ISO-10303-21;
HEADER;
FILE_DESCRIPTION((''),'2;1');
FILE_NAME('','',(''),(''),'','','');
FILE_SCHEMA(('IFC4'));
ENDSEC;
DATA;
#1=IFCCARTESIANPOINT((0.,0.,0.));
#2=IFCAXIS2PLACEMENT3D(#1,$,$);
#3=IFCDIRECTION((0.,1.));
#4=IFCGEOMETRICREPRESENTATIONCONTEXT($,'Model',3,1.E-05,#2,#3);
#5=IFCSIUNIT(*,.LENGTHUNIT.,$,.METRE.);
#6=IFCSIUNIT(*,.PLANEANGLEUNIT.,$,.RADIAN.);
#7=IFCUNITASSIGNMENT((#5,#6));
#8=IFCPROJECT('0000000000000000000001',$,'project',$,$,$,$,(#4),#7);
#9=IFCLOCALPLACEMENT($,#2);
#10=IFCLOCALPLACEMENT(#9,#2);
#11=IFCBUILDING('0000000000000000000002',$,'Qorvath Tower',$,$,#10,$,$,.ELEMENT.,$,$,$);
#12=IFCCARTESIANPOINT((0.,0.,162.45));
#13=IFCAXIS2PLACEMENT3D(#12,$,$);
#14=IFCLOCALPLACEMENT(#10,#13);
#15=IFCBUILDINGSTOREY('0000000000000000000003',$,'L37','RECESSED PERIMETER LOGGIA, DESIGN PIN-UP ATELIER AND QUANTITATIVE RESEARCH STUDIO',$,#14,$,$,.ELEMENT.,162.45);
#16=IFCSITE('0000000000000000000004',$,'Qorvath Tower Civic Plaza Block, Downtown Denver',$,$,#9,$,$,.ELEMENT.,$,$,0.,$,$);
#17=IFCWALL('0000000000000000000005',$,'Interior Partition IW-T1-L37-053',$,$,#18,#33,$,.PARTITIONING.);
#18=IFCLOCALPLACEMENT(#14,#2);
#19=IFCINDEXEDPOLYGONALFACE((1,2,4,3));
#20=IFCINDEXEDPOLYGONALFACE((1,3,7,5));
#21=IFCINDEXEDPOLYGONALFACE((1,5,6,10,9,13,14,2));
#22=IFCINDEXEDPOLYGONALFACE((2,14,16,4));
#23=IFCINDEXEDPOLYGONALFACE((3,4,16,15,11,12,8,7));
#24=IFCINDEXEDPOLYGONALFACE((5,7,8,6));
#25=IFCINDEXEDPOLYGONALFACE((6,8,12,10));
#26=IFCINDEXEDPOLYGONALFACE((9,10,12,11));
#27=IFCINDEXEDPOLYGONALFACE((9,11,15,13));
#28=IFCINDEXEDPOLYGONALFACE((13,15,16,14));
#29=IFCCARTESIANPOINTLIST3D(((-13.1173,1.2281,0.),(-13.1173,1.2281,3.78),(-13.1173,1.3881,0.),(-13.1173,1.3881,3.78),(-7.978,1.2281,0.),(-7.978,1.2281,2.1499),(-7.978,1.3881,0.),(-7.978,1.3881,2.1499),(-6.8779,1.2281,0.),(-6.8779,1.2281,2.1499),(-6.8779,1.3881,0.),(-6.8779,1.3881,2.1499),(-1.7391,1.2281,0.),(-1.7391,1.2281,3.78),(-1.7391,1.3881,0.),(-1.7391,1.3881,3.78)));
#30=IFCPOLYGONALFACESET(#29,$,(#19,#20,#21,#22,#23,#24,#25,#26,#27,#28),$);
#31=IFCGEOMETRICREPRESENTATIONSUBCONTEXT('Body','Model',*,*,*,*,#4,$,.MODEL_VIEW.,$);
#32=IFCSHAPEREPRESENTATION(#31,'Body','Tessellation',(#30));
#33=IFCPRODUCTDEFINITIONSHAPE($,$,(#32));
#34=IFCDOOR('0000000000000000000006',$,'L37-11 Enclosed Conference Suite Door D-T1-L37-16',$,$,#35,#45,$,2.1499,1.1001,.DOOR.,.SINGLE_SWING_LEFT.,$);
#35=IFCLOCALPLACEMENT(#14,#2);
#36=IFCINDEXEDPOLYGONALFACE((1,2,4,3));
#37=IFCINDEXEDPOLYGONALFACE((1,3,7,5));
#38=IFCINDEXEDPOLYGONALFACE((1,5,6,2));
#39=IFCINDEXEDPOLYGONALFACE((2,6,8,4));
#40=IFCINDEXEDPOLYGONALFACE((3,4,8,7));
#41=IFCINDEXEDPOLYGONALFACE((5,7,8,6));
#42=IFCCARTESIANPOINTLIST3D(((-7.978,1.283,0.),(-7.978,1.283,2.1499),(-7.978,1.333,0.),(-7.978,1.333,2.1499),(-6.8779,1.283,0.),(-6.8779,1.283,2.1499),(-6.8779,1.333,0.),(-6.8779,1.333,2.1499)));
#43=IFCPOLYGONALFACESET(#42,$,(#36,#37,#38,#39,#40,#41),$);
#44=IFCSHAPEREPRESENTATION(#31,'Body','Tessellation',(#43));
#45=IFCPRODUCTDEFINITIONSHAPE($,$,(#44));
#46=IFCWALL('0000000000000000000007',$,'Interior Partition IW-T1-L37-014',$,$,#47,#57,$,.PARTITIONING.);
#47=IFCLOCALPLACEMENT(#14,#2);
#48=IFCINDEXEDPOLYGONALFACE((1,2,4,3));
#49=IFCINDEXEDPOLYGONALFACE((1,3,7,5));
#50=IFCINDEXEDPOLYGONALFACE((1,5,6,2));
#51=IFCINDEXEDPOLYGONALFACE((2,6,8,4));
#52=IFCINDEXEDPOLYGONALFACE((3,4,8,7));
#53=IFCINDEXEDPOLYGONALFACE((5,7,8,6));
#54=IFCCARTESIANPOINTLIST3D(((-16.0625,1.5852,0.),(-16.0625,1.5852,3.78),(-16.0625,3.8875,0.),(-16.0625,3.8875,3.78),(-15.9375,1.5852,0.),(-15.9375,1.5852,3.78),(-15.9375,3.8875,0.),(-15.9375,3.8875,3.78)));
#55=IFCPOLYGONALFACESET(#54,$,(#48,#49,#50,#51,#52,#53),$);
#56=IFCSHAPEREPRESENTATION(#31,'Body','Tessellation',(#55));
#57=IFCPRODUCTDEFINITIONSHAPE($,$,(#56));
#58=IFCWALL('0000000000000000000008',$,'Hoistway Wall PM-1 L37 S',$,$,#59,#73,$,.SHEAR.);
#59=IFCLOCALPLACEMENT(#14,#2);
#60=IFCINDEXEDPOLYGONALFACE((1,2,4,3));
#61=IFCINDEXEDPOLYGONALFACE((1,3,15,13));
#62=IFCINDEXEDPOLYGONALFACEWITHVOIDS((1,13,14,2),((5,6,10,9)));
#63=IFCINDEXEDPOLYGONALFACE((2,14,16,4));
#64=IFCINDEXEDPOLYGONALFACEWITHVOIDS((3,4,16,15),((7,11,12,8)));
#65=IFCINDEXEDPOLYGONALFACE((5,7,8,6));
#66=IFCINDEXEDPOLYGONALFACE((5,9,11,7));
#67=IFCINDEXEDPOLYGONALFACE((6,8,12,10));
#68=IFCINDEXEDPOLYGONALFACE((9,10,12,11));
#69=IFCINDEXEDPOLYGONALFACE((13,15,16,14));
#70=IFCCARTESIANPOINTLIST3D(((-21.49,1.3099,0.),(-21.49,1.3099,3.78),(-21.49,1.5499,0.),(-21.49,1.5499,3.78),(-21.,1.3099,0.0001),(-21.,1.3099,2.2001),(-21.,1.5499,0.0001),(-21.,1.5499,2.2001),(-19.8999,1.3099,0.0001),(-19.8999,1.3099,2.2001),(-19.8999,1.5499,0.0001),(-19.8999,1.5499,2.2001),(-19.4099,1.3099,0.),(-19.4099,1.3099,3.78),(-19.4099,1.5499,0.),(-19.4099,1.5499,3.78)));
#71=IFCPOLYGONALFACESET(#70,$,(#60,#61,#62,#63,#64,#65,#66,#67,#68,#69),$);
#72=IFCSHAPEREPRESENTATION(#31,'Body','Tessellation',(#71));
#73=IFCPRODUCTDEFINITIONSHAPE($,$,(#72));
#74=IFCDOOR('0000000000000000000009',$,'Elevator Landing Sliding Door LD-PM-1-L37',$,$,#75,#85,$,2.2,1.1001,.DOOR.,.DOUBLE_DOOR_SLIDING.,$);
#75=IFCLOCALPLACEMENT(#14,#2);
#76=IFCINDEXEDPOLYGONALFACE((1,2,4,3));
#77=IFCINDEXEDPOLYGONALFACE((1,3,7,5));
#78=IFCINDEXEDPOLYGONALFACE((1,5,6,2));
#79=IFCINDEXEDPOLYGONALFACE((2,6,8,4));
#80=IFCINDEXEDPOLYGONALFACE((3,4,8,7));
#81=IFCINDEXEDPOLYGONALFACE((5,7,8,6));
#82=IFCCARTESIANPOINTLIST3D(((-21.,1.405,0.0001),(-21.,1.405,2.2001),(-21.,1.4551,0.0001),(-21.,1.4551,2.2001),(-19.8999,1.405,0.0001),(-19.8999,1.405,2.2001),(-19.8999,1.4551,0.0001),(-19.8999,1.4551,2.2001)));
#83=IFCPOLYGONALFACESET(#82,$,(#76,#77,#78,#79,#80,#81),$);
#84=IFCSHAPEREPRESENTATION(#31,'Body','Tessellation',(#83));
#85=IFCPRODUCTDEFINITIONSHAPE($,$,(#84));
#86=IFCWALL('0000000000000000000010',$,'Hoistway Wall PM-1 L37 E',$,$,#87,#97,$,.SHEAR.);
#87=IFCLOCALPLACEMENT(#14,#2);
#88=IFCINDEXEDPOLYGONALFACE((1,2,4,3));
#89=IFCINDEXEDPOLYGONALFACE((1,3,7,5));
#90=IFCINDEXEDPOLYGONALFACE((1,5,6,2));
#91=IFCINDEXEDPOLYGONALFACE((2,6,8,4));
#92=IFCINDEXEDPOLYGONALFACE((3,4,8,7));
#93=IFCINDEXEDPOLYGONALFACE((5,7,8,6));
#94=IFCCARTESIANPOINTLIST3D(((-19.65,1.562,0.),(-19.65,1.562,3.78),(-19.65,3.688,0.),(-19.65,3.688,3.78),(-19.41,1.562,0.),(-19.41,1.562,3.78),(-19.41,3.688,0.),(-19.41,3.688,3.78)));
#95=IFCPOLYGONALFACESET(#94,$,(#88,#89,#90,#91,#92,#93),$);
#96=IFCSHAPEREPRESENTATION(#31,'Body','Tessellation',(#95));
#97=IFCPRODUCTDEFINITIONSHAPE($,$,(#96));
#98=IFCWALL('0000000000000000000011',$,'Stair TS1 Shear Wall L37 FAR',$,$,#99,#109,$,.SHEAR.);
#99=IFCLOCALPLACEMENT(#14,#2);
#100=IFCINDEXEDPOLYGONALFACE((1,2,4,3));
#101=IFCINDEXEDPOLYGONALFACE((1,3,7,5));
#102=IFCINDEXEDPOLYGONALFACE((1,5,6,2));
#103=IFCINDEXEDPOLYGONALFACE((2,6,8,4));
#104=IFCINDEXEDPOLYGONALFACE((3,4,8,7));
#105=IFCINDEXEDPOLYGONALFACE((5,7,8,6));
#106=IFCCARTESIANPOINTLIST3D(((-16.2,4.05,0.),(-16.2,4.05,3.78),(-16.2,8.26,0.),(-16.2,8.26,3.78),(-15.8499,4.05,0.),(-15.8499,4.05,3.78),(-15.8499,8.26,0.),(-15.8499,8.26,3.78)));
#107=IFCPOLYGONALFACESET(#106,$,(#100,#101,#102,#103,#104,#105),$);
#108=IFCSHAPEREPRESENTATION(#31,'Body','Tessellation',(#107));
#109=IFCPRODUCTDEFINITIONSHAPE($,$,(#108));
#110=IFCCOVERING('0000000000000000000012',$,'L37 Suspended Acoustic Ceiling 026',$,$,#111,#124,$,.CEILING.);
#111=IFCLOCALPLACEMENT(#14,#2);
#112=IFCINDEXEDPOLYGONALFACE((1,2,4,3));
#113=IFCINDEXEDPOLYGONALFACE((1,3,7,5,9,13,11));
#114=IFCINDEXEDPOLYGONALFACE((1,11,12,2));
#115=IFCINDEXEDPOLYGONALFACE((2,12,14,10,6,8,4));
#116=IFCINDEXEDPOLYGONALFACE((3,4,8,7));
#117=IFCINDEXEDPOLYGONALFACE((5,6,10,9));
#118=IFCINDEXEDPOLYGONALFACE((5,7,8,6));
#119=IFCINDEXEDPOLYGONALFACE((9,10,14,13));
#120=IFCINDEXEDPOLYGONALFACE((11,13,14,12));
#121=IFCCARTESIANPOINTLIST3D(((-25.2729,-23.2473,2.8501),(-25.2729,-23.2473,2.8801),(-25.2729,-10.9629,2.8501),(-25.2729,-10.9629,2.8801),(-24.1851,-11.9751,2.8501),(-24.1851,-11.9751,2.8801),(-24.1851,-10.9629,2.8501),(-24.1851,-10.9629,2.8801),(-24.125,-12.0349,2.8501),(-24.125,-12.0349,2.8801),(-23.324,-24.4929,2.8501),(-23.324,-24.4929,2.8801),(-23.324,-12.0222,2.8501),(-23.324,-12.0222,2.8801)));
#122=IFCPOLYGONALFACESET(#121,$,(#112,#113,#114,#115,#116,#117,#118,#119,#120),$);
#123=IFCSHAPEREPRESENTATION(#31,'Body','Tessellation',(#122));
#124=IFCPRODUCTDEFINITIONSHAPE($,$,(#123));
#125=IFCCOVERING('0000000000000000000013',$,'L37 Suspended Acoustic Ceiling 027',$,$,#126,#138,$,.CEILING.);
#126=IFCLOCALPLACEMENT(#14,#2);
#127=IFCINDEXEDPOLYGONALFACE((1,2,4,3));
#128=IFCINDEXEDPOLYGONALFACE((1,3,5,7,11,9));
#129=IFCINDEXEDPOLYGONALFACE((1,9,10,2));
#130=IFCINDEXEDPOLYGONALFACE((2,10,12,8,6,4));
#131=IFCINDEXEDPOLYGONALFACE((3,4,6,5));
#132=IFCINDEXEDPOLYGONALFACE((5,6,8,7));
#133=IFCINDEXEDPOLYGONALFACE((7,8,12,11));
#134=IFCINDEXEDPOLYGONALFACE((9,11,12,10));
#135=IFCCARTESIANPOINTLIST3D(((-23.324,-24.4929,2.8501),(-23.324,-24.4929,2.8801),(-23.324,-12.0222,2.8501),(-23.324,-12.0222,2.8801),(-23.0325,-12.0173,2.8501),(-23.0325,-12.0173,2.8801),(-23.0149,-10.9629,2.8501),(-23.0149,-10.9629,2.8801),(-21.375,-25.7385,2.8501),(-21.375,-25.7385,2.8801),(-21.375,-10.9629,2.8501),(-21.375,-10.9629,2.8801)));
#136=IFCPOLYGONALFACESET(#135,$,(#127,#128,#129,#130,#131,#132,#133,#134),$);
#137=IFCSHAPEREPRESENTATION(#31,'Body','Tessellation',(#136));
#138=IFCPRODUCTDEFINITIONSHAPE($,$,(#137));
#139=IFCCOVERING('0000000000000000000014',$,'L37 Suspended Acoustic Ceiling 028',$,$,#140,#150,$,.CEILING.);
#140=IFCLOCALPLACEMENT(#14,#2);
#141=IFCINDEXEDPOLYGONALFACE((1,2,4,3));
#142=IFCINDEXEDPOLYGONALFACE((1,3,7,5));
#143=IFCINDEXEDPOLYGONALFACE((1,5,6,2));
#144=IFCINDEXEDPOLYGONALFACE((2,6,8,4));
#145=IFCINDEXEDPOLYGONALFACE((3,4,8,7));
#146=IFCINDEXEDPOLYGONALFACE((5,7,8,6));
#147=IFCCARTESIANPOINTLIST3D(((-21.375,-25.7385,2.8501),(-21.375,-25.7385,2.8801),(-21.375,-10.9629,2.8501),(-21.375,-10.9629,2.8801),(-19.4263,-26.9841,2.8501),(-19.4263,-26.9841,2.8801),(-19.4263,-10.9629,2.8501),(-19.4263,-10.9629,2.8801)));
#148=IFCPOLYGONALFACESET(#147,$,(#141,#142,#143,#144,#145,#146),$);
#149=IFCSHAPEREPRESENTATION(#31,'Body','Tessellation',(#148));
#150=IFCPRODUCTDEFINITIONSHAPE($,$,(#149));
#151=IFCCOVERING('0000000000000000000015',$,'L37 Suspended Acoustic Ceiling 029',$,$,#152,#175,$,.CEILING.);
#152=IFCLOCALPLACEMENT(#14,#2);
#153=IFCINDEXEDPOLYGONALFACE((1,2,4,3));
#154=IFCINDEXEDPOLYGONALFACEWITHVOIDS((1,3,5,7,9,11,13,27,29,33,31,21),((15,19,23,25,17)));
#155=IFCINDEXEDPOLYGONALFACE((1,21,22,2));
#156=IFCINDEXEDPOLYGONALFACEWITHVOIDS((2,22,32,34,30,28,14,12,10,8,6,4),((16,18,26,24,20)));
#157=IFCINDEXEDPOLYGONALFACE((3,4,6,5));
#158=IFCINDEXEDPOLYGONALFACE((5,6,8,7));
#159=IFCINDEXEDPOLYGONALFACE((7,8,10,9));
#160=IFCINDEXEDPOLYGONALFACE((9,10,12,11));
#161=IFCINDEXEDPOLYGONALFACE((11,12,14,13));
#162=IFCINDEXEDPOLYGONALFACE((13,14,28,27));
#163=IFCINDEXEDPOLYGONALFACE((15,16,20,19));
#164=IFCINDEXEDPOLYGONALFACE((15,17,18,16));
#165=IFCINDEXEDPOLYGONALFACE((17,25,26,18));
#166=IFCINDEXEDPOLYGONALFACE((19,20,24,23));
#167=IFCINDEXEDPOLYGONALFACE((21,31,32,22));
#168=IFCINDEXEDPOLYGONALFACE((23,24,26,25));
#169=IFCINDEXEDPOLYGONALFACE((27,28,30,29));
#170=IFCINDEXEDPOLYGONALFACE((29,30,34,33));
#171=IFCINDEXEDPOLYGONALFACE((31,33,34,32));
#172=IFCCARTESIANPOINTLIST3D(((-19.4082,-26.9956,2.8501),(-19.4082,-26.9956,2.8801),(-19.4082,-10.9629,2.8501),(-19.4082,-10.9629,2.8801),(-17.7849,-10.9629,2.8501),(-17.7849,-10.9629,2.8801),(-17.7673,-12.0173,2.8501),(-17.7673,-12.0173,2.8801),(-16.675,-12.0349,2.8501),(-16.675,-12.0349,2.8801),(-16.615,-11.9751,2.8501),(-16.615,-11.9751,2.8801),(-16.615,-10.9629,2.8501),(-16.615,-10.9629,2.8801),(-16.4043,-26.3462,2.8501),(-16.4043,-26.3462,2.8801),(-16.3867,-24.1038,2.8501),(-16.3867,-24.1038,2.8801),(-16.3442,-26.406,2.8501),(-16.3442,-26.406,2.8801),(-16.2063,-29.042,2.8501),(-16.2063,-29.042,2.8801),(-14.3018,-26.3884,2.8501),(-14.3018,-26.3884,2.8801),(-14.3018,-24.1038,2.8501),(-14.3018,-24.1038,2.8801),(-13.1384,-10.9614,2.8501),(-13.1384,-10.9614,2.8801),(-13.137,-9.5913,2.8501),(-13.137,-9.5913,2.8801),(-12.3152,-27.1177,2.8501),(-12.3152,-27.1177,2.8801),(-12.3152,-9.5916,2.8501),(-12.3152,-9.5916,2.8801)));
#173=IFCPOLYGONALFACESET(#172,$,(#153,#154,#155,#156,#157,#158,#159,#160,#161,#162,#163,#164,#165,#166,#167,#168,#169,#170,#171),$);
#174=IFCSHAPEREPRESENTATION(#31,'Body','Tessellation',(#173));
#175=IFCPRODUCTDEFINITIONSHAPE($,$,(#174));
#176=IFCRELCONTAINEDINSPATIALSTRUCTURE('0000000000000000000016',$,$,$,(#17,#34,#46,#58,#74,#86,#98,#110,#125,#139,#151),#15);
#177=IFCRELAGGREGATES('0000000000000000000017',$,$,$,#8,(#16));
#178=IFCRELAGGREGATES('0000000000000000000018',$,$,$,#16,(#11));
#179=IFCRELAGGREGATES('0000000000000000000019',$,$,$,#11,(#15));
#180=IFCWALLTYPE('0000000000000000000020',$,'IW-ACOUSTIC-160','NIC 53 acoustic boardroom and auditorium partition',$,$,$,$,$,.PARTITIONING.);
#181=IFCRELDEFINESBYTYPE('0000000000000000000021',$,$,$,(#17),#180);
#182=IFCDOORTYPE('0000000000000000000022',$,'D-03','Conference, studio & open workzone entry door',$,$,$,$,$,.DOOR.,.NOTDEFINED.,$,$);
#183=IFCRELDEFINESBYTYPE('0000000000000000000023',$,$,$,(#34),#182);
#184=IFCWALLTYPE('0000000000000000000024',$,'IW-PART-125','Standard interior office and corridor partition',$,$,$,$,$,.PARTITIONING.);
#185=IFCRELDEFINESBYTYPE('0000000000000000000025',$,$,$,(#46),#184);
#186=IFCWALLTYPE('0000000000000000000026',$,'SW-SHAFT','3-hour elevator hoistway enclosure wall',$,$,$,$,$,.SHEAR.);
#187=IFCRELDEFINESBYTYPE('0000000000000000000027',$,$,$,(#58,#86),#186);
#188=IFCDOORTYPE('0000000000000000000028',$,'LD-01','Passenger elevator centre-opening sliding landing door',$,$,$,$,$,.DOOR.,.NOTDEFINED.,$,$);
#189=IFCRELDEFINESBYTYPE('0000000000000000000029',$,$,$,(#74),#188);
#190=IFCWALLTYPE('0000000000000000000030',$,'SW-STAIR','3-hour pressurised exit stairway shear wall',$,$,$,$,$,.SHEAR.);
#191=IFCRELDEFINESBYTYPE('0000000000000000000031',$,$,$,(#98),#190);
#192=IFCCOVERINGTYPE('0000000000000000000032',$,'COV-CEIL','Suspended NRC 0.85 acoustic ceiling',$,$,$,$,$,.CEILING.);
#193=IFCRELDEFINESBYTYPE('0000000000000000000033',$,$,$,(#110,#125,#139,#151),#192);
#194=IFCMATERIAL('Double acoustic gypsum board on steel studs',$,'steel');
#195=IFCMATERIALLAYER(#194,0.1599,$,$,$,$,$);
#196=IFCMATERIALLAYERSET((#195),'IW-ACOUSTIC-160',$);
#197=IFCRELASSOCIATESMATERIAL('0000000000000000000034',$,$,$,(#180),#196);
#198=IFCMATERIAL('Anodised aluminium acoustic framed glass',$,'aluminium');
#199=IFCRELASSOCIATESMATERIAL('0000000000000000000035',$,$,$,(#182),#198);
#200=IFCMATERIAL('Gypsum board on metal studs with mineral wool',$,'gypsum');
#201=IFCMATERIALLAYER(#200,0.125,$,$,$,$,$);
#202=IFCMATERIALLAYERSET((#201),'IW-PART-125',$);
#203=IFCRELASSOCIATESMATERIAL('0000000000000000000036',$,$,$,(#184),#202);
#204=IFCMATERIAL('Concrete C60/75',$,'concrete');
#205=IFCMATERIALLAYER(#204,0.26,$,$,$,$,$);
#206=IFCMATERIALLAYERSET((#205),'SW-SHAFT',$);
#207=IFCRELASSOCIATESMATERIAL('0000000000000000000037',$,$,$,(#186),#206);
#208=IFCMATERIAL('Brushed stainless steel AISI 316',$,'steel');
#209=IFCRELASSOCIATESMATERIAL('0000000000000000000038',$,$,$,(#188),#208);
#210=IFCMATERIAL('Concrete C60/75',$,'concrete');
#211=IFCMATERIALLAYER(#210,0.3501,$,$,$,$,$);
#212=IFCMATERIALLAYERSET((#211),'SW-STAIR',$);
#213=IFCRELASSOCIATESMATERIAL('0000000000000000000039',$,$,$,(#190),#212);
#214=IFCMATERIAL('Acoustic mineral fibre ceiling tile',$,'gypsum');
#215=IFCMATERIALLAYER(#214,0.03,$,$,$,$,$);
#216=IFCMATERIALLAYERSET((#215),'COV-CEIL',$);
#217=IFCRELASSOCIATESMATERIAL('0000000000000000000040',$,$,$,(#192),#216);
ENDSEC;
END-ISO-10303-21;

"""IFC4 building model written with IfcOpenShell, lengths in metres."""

from ifc_helpers import new_model, si_unit, direction, frame, frame_2d, origin, place, context, subcontext, project, spatial, polyline, rectangle, outline, extrude, material, layer, layer_set, type_object, element, fill, save


model = new_model("IFC4")

# Units and contexts
model_context = context("Model", 3, precision=1e-05, world=origin(), true_north=direction((0.0, 1.0)))
body_context = subcontext(model_context, "Body", "Model", "MODEL_VIEW")
ifc_project = project(units=[si_unit("LENGTHUNIT", "METRE"), si_unit("PLANEANGLEUNIT", "RADIAN")], contexts=[model_context])

# Site, building, storey
site_placement = place(None, origin())
site = spatial("IfcSite", under=ifc_project, at=site_placement, Name="Qorvath Tower Civic Plaza Block, Downtown Denver", CompositionType="ELEMENT", RefElevation=0.0)
building_placement = place(site_placement, origin())
building = spatial("IfcBuilding", under=site, at=building_placement, Name="Qorvath Tower", CompositionType="ELEMENT")
storey_placement = place(building_placement, frame((0.0, 0.0, 162.45)))
storey = spatial("IfcBuildingStorey", under=building, at=storey_placement, Name="L37", Description="RECESSED PERIMETER LOGGIA, DESIGN PIN-UP ATELIER AND QUANTITATIVE RESEARCH STUDIO", CompositionType="ELEMENT", Elevation=162.45)

# Wall, opening, door
ifc_material_1 = material(Name="Double acoustic gypsum board on steel studs", Category="steel")
ifc_layer_1 = layer(ifc_material_1, 0.1599)
ifc_layer_set_1 = layer_set([ifc_layer_1], Name="IW-ACOUSTIC-160")
wall_type_1 = type_object("IfcWallType", Name="IW-ACOUSTIC-160", Description="NIC 53 acoustic boardroom and auditorium partition", PredefinedType="PARTITIONING", material=ifc_layer_set_1)
wall_1_placement = place(storey_placement, frame((-13.1172, 1.3081, 0.0), z_axis=(0.0, 0.0, 1.0), x_axis=(1.0, 0.0, 0.0)))
wall_1 = element("IfcWall", 1, at=wall_1_placement, inside=storey, type_object=wall_type_1, Name="Interior Partition IW-T1-L37-053", PredefinedType="PARTITIONING", context=body_context, shape_type="SweptSolid", body=[
    extrude(rectangle(XDim=11.3782, YDim=0.1599, at=frame_2d((5.689, 0.0))), origin(), (0.0, 0.0, 1.0), 3.78),
])
opening_1_placement = place(wall_1_placement, frame((5.1392, 0.0, 0.0)))
opening_1 = element("IfcOpeningElement", 2, at=opening_1_placement, cuts=wall_1, PredefinedType="OPENING", context=body_context, shape_type="SweptSolid", body=[
    extrude(rectangle(XDim=1.1001, YDim=2.1499, at=frame_2d((0.55, 1.075))), frame((0.0, 0.0898, 0.0), z_axis=(0.0, -1.0, 0.0), x_axis=(1.0, 0.0, 0.0)), (0.0, 0.0, 1.0), 0.1799),
])
ifc_material_2 = material(Name="Anodised aluminium acoustic framed glass", Category="aluminium")
door_type_1 = type_object("IfcDoorType", Name="D-03", Description="Conference, studio & open workzone entry door", OperationType="NOTDEFINED", PredefinedType="DOOR", material=ifc_material_2)
door_1_placement = place(opening_1_placement, origin())
door_1 = element("IfcDoor", 3, at=door_1_placement, inside=storey, type_object=door_type_1, Name="L37-11 Enclosed Conference Suite Door D-T1-L37-16", OperationType="SINGLE_SWING_LEFT", OverallHeight=2.1499, OverallWidth=1.1001, PredefinedType="DOOR", context=body_context, shape_type="SweptSolid", body=[
    extrude(rectangle(XDim=1.1001, YDim=2.1499, at=frame_2d((0.55, 1.075))), frame((0.0, 0.0249, 0.0), z_axis=(0.0, -1.0, 0.0), x_axis=(1.0, 0.0, 0.0)), (0.0, 0.0, 1.0), 0.05),
])
fill(opening_1, door_1)
ifc_material_3 = material(Name="Gypsum board on metal studs with mineral wool", Category="gypsum")
ifc_layer_2 = layer(ifc_material_3, 0.125)
ifc_layer_set_2 = layer_set([ifc_layer_2], Name="IW-PART-125")
wall_type_2 = type_object("IfcWallType", Name="IW-PART-125", Description="Standard interior office and corridor partition", PredefinedType="PARTITIONING", material=ifc_layer_set_2)

# Wall
wall_2_placement = place(storey_placement, frame((-16.0, 1.5852, 0.0), z_axis=(0.0, 0.0, 1.0), x_axis=(0.0, 1.0, 0.0)))
element("IfcWall", 4, at=wall_2_placement, inside=storey, type_object=wall_type_2, Name="Interior Partition IW-T1-L37-014", PredefinedType="PARTITIONING", context=body_context, shape_type="SweptSolid", body=[
    extrude(rectangle(XDim=2.3022, YDim=0.125, at=frame_2d((1.1511, 0.0))), origin(), (0.0, 0.0, 1.0), 3.78),
])

# Wall, opening, door
ifc_material_4 = material(Name="Concrete C60/75", Category="concrete")
ifc_layer_3 = layer(ifc_material_4, 0.26)
ifc_layer_set_3 = layer_set([ifc_layer_3], Name="SW-SHAFT")
wall_type_3 = type_object("IfcWallType", Name="SW-SHAFT", Description="3-hour elevator hoistway enclosure wall", PredefinedType="SHEAR", material=ifc_layer_set_3)
wall_3_placement = place(storey_placement, frame((-19.4099, 1.4299, 0.0), z_axis=(0.0, 0.0, 1.0), x_axis=(-1.0, 0.0, 0.0)))
wall_3 = element("IfcWall", 5, at=wall_3_placement, inside=storey, type_object=wall_type_3, Name="Hoistway Wall PM-1 L37 S", PredefinedType="SHEAR", context=body_context, shape_type="SweptSolid", body=[
    extrude(rectangle(XDim=2.0801, YDim=0.24, at=frame_2d((1.04, 0.0))), origin(), (0.0, 0.0, 1.0), 3.78),
])
opening_2_placement = place(wall_3_placement, frame((0.49, 0.0, 0.0)))
opening_2 = element("IfcOpeningElement", 6, at=opening_2_placement, cuts=wall_3, PredefinedType="OPENING", context=body_context, shape_type="SweptSolid", body=[
    extrude(rectangle(XDim=1.1001, YDim=2.2, at=frame_2d((0.55, 1.1001))), frame((0.0, 0.1299, 0.0), z_axis=(0.0, -1.0, 0.0), x_axis=(1.0, 0.0, 0.0)), (0.0, 0.0, 1.0), 0.26),
])
ifc_material_5 = material(Name="Brushed stainless steel AISI 316", Category="steel")
door_type_2 = type_object("IfcDoorType", Name="LD-01", Description="Passenger elevator centre-opening sliding landing door", OperationType="NOTDEFINED", PredefinedType="DOOR", material=ifc_material_5)
door_2_placement = place(opening_2_placement, origin())
door_2 = element("IfcDoor", 7, at=door_2_placement, inside=storey, type_object=door_type_2, Name="Elevator Landing Sliding Door LD-PM-1-L37", OperationType="DOUBLE_DOOR_SLIDING", OverallHeight=2.2, OverallWidth=1.1001, PredefinedType="DOOR", context=body_context, shape_type="SweptSolid", body=[
    extrude(rectangle(XDim=1.1001, YDim=2.2, at=frame_2d((0.55, 1.1001))), frame((0.0, 0.0249, 0.0), z_axis=(0.0, -1.0, 0.0), x_axis=(1.0, 0.0, 0.0)), (0.0, 0.0, 1.0), 0.05),
])
fill(opening_2, door_2)

# Walls
wall_4_placement = place(storey_placement, frame((-19.53, 3.688, 0.0), z_axis=(0.0, 0.0, 1.0), x_axis=(0.0, -1.0, 0.0)))
element("IfcWall", 8, at=wall_4_placement, inside=storey, type_object=wall_type_3, Name="Hoistway Wall PM-1 L37 E", PredefinedType="SHEAR", context=body_context, shape_type="SweptSolid", body=[
    extrude(rectangle(XDim=2.126, YDim=0.24, at=frame_2d((1.063, 0.0))), origin(), (0.0, 0.0, 1.0), 3.78),
])
ifc_material_6 = material(Name="Concrete C60/75", Category="concrete")
ifc_layer_4 = layer(ifc_material_6, 0.3501)
ifc_layer_set_4 = layer_set([ifc_layer_4], Name="SW-STAIR")
wall_type_4 = type_object("IfcWallType", Name="SW-STAIR", Description="3-hour pressurised exit stairway shear wall", PredefinedType="SHEAR", material=ifc_layer_set_4)
wall_5_placement = place(storey_placement, frame((-16.0249, 4.05, 0.0), z_axis=(0.0, 0.0, 1.0), x_axis=(0.0, 1.0, 0.0)))
element("IfcWall", 9, at=wall_5_placement, inside=storey, type_object=wall_type_4, Name="Stair TS1 Shear Wall L37 FAR", PredefinedType="SHEAR", context=body_context, shape_type="SweptSolid", body=[
    extrude(rectangle(XDim=4.21, YDim=0.3501, at=frame_2d((2.105, 0.0))), origin(), (0.0, 0.0, 1.0), 3.78),
])

# Coverings
ifc_material_7 = material(Name="Acoustic mineral fibre ceiling tile", Category="gypsum")
ifc_layer_5 = layer(ifc_material_7, 0.03)
ifc_layer_set_5 = layer_set([ifc_layer_5], Name="COV-CEIL")
covering_type_1 = type_object("IfcCoveringType", Name="COV-CEIL", Description="Suspended NRC 0.85 acoustic ceiling", PredefinedType="CEILING", material=ifc_layer_set_5)
covering_1_placement = place(storey_placement, frame((0.0, 0.0, 2.8501)))
element("IfcCovering", 10, at=covering_1_placement, inside=storey, type_object=covering_type_1, Name="L37 Suspended Acoustic Ceiling 026", PredefinedType="CEILING", context=body_context, shape_type="SweptSolid", body=[
    extrude(outline(polyline([(-23.324, -24.4929), (-23.324, -12.0222), (-24.125, -12.0349), (-24.1851, -11.9751), (-24.1851, -10.9629), (-25.2729, -10.9629), (-25.2729, -23.2473), (-23.324, -24.4929)])), origin(), (0.0, 0.0, 1.0), 0.03),
])
covering_2_placement = place(storey_placement, frame((0.0, 0.0, 2.8501)))
element("IfcCovering", 11, at=covering_2_placement, inside=storey, type_object=covering_type_1, Name="L37 Suspended Acoustic Ceiling 027", PredefinedType="CEILING", context=body_context, shape_type="SweptSolid", body=[
    extrude(outline(polyline([(-21.375, -25.7385), (-21.375, -10.9629), (-23.0149, -10.9629), (-23.0325, -12.0173), (-23.324, -12.0222), (-23.324, -24.4929), (-21.375, -25.7385)])), origin(), (0.0, 0.0, 1.0), 0.03),
])
covering_3_placement = place(storey_placement, frame((0.0, 0.0, 2.8501)))
element("IfcCovering", 12, at=covering_3_placement, inside=storey, type_object=covering_type_1, Name="L37 Suspended Acoustic Ceiling 028", PredefinedType="CEILING", context=body_context, shape_type="SweptSolid", body=[
    extrude(outline(polyline([(-19.4263, -26.9841), (-19.4263, -10.9629), (-21.375, -10.9629), (-21.375, -25.7385), (-19.4263, -26.9841)])), origin(), (0.0, 0.0, 1.0), 0.03),
])
covering_4_placement = place(storey_placement, frame((0.0, 0.0, 2.8501)))
element("IfcCovering", 13, at=covering_4_placement, inside=storey, type_object=covering_type_1, Name="L37 Suspended Acoustic Ceiling 029", PredefinedType="CEILING", context=body_context, shape_type="SweptSolid", body=[
    extrude(outline(polyline([(-19.4082, -26.9956), (-16.2063, -29.042), (-12.3152, -27.1177), (-12.3152, -9.5916), (-13.137, -9.5913), (-13.1384, -10.9614), (-16.615, -10.9629), (-16.615, -11.9751), (-16.675, -12.0349), (-17.7673, -12.0173), (-17.7849, -10.9629), (-19.4082, -10.9629), (-19.4082, -26.9956)]), holes=[polyline([(-16.4043, -26.3462), (-16.3867, -24.1038), (-14.3018, -24.1038), (-14.3018, -26.3884), (-16.3442, -26.406), (-16.4043, -26.3462)])]), origin(), (0.0, 0.0, 1.0), 0.03),
])

save(model, "model.ifc")
